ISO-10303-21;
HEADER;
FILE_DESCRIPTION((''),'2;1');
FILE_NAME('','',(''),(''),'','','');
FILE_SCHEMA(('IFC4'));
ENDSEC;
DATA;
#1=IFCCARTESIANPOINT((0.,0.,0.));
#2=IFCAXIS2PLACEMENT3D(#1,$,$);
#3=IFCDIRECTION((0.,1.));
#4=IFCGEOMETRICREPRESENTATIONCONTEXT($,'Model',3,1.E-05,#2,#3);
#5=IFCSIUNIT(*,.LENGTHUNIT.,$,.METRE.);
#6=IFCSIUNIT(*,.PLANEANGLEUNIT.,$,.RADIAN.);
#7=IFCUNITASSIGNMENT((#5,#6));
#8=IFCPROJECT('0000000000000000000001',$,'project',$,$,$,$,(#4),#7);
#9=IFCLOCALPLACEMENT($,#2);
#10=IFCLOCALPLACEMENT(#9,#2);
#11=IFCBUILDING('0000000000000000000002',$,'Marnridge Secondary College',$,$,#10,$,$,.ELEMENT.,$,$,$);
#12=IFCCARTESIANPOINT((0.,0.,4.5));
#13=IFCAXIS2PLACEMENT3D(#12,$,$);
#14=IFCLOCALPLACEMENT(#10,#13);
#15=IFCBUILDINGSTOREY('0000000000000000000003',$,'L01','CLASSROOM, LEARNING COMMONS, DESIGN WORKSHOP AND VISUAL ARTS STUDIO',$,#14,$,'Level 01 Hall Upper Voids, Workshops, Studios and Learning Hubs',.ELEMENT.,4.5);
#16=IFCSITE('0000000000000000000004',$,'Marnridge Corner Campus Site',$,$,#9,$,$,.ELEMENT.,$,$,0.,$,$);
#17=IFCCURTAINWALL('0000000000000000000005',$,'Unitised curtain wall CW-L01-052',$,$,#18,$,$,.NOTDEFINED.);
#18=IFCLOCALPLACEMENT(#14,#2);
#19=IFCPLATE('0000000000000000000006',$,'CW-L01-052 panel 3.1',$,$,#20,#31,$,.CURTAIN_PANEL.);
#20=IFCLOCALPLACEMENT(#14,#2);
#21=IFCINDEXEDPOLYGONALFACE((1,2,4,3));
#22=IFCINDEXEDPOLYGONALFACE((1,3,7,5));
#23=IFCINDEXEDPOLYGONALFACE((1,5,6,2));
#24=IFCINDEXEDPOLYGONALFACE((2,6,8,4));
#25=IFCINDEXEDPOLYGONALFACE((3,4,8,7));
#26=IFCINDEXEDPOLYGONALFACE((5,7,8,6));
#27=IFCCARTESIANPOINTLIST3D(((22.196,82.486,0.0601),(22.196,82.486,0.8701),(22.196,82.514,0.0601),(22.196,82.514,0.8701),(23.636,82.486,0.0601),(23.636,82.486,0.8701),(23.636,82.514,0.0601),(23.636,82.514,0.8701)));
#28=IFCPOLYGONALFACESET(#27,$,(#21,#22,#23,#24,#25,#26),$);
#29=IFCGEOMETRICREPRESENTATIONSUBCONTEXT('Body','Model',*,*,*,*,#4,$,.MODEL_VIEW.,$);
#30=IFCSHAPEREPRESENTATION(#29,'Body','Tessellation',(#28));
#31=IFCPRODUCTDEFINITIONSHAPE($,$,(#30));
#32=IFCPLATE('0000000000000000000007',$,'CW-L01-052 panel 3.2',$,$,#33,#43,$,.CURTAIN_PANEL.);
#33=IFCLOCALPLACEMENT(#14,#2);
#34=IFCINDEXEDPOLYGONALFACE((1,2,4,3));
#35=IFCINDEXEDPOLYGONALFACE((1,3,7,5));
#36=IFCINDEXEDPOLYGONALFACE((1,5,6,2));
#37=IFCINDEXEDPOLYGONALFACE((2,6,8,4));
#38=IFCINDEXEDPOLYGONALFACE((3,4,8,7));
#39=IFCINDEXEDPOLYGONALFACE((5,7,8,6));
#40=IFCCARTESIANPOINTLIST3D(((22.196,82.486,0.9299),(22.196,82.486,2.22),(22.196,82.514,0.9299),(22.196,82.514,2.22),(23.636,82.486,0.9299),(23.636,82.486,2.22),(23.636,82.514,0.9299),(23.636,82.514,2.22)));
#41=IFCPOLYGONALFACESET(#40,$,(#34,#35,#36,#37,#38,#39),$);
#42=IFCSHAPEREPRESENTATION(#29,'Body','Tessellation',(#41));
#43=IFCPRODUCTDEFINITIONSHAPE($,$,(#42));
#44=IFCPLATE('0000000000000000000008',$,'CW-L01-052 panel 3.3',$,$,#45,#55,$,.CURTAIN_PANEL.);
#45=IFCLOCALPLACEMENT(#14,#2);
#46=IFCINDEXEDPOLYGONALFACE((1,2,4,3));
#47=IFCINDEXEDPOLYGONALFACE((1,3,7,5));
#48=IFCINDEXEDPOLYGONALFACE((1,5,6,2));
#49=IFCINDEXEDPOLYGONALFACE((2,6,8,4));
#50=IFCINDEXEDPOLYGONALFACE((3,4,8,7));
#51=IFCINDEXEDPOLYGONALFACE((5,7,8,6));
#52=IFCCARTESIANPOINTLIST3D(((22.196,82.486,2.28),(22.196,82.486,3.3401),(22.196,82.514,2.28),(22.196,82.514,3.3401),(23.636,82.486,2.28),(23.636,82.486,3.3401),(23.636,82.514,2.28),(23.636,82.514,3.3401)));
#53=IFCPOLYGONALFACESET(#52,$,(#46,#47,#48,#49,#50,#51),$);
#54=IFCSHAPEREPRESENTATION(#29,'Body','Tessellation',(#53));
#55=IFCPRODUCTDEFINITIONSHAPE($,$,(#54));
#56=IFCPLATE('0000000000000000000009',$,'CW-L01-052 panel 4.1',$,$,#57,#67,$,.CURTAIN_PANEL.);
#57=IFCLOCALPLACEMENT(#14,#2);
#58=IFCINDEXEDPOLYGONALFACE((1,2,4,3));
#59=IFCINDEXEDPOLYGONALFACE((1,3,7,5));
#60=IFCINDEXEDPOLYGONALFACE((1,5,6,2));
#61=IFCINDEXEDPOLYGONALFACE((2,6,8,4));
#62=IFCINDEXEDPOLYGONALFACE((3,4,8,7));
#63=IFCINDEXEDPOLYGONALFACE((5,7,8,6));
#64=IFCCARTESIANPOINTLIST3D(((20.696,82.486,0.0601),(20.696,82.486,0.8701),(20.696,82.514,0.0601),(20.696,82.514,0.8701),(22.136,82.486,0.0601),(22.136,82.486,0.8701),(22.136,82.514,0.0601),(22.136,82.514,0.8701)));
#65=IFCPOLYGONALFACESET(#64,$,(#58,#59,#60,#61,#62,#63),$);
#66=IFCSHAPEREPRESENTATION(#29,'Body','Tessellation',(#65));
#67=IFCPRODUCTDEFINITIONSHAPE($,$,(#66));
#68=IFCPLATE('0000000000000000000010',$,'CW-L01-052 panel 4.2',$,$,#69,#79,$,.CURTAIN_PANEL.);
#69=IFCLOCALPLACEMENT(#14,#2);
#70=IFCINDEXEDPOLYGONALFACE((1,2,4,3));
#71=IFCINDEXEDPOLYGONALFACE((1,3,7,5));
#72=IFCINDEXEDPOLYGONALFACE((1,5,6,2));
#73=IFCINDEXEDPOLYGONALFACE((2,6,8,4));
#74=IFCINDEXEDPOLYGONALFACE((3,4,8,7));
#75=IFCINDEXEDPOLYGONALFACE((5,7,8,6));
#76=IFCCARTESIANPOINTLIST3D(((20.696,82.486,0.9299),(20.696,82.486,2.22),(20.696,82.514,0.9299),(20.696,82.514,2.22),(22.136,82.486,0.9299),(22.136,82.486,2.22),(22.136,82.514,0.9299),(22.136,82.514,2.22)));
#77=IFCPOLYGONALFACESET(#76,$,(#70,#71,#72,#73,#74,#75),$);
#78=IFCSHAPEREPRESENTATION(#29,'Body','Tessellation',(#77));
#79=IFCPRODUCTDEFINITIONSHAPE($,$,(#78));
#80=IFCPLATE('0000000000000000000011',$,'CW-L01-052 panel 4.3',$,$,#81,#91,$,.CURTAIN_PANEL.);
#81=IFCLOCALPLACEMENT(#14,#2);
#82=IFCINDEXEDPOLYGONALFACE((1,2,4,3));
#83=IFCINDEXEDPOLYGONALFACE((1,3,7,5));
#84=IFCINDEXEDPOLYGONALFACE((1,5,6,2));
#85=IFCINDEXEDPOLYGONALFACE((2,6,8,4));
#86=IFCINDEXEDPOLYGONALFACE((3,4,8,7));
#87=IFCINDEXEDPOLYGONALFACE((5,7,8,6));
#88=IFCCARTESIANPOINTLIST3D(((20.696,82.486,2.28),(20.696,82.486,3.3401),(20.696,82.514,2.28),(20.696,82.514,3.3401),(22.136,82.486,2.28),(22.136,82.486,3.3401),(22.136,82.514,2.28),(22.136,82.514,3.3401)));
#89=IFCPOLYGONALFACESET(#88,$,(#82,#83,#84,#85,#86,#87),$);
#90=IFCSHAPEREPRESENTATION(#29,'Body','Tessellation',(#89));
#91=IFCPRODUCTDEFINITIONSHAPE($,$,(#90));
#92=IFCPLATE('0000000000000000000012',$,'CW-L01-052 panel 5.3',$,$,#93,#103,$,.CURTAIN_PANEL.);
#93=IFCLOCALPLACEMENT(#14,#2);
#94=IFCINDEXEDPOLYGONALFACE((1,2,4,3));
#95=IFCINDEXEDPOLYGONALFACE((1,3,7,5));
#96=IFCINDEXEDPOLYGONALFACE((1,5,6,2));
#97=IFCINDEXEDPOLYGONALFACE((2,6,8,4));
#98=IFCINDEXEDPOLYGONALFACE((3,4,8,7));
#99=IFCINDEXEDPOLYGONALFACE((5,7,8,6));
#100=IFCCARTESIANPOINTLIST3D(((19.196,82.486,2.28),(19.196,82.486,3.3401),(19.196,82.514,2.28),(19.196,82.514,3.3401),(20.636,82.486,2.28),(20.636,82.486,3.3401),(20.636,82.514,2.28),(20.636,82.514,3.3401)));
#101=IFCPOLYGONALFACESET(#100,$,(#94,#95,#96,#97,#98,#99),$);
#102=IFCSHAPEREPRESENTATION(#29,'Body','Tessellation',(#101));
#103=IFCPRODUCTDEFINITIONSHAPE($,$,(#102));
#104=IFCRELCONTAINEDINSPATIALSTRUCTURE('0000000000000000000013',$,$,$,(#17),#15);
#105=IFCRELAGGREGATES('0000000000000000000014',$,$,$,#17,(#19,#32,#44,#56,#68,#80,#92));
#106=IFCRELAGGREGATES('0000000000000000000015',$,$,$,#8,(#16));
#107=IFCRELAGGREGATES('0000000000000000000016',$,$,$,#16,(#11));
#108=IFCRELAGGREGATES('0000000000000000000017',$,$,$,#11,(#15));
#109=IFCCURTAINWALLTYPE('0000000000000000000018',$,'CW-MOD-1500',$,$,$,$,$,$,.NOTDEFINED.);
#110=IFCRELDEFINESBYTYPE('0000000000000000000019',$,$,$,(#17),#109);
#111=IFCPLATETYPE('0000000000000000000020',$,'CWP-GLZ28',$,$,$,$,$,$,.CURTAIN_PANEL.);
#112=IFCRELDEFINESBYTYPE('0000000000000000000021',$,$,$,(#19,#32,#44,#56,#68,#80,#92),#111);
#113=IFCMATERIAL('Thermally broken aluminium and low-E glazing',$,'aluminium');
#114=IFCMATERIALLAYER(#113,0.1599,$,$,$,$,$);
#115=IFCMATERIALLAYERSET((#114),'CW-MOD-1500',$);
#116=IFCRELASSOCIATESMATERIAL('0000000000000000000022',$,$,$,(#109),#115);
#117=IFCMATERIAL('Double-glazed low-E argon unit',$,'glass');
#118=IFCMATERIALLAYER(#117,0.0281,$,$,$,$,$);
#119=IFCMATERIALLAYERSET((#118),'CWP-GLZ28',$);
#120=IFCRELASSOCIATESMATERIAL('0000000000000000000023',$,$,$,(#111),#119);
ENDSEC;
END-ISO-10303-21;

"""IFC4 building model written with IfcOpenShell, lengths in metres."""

from ifc_helpers import new_model, si_unit, direction, frame, origin, origin_2d, place, context, subcontext, project, spatial, rectangle, extrude, material, layer, layer_set, type_object, element, aggregate, save


model = new_model("IFC4")

# Units and contexts
model_context = context("Model", 3, precision=1e-05, world=origin(), true_north=direction((0.0, 1.0)))
body_context = subcontext(model_context, "Body", "Model", "MODEL_VIEW")
ifc_project = project(units=[si_unit("LENGTHUNIT", "METRE"), si_unit("PLANEANGLEUNIT", "RADIAN")], contexts=[model_context])

# Site, building, storey
site_placement = place(None, origin())
site = spatial("IfcSite", under=ifc_project, at=site_placement, Name="Marnridge Corner Campus Site", CompositionType="ELEMENT", RefElevation=0.0)
building_placement = place(site_placement, origin())
building = spatial("IfcBuilding", under=site, at=building_placement, Name="Marnridge Secondary College", CompositionType="ELEMENT")
storey_placement = place(building_placement, frame((0.0, 0.0, 4.5)))
storey = spatial("IfcBuildingStorey", under=building, at=storey_placement, Name="L01", Description="CLASSROOM, LEARNING COMMONS, DESIGN WORKSHOP AND VISUAL ARTS STUDIO", LongName="Level 01 Hall Upper Voids, Workshops, Studios and Learning Hubs", CompositionType="ELEMENT", Elevation=4.5)

# Curtain wall, plates
ifc_material_1 = material(Name="Thermally broken aluminium and low-E glazing", Category="aluminium")
ifc_layer_1 = layer(ifc_material_1, 0.1599)
ifc_layer_set_1 = layer_set([ifc_layer_1], Name="CW-MOD-1500")
curtain_wall_type = type_object("IfcCurtainWallType", Name="CW-MOD-1500", PredefinedType="NOTDEFINED", material=ifc_layer_set_1)
curtain_wall_placement = place(storey_placement, origin())
curtain_wall = element("IfcCurtainWall", 1, at=curtain_wall_placement, inside=storey, type_object=curtain_wall_type, Name="Unitised curtain wall CW-L01-052", PredefinedType="NOTDEFINED")
ifc_material_2 = material(Name="Double-glazed low-E argon unit", Category="glass")
ifc_layer_2 = layer(ifc_material_2, 0.0281)
ifc_layer_set_2 = layer_set([ifc_layer_2], Name="CWP-GLZ28")
plate_type = type_object("IfcPlateType", Name="CWP-GLZ28", PredefinedType="CURTAIN_PANEL", material=ifc_layer_set_2)
plate_1_placement = place(storey_placement, frame((22.916, 82.5, 0.0601), z_axis=(0.0, 0.0, 1.0), x_axis=(-1.0, 0.0, 0.0)))
plate_1 = element("IfcPlate", 2, at=plate_1_placement, type_object=plate_type, Name="CW-L01-052 panel 3.1", PredefinedType="CURTAIN_PANEL", context=body_context, shape_type="SweptSolid", body=[
    extrude(rectangle(XDim=1.4399, YDim=0.0281, at=origin_2d()), origin(), (0.0, 0.0, 1.0), 0.8101),
])
plate_2_placement = place(storey_placement, frame((22.916, 82.5, 0.9299), z_axis=(0.0, 0.0, 1.0), x_axis=(-1.0, 0.0, 0.0)))
plate_2 = element("IfcPlate", 3, at=plate_2_placement, type_object=plate_type, Name="CW-L01-052 panel 3.2", PredefinedType="CURTAIN_PANEL", context=body_context, shape_type="SweptSolid", body=[
    extrude(rectangle(XDim=1.4399, YDim=0.0281, at=origin_2d()), origin(), (0.0, 0.0, 1.0), 1.29),
])
plate_3_placement = place(storey_placement, frame((22.916, 82.5, 2.28), z_axis=(0.0, 0.0, 1.0), x_axis=(-1.0, 0.0, 0.0)))
plate_3 = element("IfcPlate", 4, at=plate_3_placement, type_object=plate_type, Name="CW-L01-052 panel 3.3", PredefinedType="CURTAIN_PANEL", context=body_context, shape_type="SweptSolid", body=[
    extrude(rectangle(XDim=1.4399, YDim=0.0281, at=origin_2d()), origin(), (0.0, 0.0, 1.0), 1.0601),
])
plate_4_placement = place(storey_placement, frame((21.416, 82.5, 0.0601), z_axis=(0.0, 0.0, 1.0), x_axis=(-1.0, 0.0, 0.0)))
plate_4 = element("IfcPlate", 5, at=plate_4_placement, type_object=plate_type, Name="CW-L01-052 panel 4.1", PredefinedType="CURTAIN_PANEL", context=body_context, shape_type="SweptSolid", body=[
    extrude(rectangle(XDim=1.4399, YDim=0.0281, at=origin_2d()), origin(), (0.0, 0.0, 1.0), 0.8101),
])
plate_5_placement = place(storey_placement, frame((21.416, 82.5, 0.9299), z_axis=(0.0, 0.0, 1.0), x_axis=(-1.0, 0.0, 0.0)))
plate_5 = element("IfcPlate", 6, at=plate_5_placement, type_object=plate_type, Name="CW-L01-052 panel 4.2", PredefinedType="CURTAIN_PANEL", context=body_context, shape_type="SweptSolid", body=[
    extrude(rectangle(XDim=1.4399, YDim=0.0281, at=origin_2d()), origin(), (0.0, 0.0, 1.0), 1.29),
])
plate_6_placement = place(storey_placement, frame((21.416, 82.5, 2.28), z_axis=(0.0, 0.0, 1.0), x_axis=(-1.0, 0.0, 0.0)))
plate_6 = element("IfcPlate", 7, at=plate_6_placement, type_object=plate_type, Name="CW-L01-052 panel 4.3", PredefinedType="CURTAIN_PANEL", context=body_context, shape_type="SweptSolid", body=[
    extrude(rectangle(XDim=1.4399, YDim=0.0281, at=origin_2d()), origin(), (0.0, 0.0, 1.0), 1.0601),
])
plate_7_placement = place(storey_placement, frame((19.916, 82.5, 2.28), z_axis=(0.0, 0.0, 1.0), x_axis=(-1.0, 0.0, 0.0)))
plate_7 = element("IfcPlate", 8, at=plate_7_placement, type_object=plate_type, Name="CW-L01-052 panel 5.3", PredefinedType="CURTAIN_PANEL", context=body_context, shape_type="SweptSolid", body=[
    extrude(rectangle(XDim=1.4399, YDim=0.0281, at=origin_2d()), origin(), (0.0, 0.0, 1.0), 1.0601),
])
aggregate(curtain_wall, [plate_1, plate_2, plate_3, plate_4, plate_5, plate_6, plate_7])

save(model, "model.ifc")
